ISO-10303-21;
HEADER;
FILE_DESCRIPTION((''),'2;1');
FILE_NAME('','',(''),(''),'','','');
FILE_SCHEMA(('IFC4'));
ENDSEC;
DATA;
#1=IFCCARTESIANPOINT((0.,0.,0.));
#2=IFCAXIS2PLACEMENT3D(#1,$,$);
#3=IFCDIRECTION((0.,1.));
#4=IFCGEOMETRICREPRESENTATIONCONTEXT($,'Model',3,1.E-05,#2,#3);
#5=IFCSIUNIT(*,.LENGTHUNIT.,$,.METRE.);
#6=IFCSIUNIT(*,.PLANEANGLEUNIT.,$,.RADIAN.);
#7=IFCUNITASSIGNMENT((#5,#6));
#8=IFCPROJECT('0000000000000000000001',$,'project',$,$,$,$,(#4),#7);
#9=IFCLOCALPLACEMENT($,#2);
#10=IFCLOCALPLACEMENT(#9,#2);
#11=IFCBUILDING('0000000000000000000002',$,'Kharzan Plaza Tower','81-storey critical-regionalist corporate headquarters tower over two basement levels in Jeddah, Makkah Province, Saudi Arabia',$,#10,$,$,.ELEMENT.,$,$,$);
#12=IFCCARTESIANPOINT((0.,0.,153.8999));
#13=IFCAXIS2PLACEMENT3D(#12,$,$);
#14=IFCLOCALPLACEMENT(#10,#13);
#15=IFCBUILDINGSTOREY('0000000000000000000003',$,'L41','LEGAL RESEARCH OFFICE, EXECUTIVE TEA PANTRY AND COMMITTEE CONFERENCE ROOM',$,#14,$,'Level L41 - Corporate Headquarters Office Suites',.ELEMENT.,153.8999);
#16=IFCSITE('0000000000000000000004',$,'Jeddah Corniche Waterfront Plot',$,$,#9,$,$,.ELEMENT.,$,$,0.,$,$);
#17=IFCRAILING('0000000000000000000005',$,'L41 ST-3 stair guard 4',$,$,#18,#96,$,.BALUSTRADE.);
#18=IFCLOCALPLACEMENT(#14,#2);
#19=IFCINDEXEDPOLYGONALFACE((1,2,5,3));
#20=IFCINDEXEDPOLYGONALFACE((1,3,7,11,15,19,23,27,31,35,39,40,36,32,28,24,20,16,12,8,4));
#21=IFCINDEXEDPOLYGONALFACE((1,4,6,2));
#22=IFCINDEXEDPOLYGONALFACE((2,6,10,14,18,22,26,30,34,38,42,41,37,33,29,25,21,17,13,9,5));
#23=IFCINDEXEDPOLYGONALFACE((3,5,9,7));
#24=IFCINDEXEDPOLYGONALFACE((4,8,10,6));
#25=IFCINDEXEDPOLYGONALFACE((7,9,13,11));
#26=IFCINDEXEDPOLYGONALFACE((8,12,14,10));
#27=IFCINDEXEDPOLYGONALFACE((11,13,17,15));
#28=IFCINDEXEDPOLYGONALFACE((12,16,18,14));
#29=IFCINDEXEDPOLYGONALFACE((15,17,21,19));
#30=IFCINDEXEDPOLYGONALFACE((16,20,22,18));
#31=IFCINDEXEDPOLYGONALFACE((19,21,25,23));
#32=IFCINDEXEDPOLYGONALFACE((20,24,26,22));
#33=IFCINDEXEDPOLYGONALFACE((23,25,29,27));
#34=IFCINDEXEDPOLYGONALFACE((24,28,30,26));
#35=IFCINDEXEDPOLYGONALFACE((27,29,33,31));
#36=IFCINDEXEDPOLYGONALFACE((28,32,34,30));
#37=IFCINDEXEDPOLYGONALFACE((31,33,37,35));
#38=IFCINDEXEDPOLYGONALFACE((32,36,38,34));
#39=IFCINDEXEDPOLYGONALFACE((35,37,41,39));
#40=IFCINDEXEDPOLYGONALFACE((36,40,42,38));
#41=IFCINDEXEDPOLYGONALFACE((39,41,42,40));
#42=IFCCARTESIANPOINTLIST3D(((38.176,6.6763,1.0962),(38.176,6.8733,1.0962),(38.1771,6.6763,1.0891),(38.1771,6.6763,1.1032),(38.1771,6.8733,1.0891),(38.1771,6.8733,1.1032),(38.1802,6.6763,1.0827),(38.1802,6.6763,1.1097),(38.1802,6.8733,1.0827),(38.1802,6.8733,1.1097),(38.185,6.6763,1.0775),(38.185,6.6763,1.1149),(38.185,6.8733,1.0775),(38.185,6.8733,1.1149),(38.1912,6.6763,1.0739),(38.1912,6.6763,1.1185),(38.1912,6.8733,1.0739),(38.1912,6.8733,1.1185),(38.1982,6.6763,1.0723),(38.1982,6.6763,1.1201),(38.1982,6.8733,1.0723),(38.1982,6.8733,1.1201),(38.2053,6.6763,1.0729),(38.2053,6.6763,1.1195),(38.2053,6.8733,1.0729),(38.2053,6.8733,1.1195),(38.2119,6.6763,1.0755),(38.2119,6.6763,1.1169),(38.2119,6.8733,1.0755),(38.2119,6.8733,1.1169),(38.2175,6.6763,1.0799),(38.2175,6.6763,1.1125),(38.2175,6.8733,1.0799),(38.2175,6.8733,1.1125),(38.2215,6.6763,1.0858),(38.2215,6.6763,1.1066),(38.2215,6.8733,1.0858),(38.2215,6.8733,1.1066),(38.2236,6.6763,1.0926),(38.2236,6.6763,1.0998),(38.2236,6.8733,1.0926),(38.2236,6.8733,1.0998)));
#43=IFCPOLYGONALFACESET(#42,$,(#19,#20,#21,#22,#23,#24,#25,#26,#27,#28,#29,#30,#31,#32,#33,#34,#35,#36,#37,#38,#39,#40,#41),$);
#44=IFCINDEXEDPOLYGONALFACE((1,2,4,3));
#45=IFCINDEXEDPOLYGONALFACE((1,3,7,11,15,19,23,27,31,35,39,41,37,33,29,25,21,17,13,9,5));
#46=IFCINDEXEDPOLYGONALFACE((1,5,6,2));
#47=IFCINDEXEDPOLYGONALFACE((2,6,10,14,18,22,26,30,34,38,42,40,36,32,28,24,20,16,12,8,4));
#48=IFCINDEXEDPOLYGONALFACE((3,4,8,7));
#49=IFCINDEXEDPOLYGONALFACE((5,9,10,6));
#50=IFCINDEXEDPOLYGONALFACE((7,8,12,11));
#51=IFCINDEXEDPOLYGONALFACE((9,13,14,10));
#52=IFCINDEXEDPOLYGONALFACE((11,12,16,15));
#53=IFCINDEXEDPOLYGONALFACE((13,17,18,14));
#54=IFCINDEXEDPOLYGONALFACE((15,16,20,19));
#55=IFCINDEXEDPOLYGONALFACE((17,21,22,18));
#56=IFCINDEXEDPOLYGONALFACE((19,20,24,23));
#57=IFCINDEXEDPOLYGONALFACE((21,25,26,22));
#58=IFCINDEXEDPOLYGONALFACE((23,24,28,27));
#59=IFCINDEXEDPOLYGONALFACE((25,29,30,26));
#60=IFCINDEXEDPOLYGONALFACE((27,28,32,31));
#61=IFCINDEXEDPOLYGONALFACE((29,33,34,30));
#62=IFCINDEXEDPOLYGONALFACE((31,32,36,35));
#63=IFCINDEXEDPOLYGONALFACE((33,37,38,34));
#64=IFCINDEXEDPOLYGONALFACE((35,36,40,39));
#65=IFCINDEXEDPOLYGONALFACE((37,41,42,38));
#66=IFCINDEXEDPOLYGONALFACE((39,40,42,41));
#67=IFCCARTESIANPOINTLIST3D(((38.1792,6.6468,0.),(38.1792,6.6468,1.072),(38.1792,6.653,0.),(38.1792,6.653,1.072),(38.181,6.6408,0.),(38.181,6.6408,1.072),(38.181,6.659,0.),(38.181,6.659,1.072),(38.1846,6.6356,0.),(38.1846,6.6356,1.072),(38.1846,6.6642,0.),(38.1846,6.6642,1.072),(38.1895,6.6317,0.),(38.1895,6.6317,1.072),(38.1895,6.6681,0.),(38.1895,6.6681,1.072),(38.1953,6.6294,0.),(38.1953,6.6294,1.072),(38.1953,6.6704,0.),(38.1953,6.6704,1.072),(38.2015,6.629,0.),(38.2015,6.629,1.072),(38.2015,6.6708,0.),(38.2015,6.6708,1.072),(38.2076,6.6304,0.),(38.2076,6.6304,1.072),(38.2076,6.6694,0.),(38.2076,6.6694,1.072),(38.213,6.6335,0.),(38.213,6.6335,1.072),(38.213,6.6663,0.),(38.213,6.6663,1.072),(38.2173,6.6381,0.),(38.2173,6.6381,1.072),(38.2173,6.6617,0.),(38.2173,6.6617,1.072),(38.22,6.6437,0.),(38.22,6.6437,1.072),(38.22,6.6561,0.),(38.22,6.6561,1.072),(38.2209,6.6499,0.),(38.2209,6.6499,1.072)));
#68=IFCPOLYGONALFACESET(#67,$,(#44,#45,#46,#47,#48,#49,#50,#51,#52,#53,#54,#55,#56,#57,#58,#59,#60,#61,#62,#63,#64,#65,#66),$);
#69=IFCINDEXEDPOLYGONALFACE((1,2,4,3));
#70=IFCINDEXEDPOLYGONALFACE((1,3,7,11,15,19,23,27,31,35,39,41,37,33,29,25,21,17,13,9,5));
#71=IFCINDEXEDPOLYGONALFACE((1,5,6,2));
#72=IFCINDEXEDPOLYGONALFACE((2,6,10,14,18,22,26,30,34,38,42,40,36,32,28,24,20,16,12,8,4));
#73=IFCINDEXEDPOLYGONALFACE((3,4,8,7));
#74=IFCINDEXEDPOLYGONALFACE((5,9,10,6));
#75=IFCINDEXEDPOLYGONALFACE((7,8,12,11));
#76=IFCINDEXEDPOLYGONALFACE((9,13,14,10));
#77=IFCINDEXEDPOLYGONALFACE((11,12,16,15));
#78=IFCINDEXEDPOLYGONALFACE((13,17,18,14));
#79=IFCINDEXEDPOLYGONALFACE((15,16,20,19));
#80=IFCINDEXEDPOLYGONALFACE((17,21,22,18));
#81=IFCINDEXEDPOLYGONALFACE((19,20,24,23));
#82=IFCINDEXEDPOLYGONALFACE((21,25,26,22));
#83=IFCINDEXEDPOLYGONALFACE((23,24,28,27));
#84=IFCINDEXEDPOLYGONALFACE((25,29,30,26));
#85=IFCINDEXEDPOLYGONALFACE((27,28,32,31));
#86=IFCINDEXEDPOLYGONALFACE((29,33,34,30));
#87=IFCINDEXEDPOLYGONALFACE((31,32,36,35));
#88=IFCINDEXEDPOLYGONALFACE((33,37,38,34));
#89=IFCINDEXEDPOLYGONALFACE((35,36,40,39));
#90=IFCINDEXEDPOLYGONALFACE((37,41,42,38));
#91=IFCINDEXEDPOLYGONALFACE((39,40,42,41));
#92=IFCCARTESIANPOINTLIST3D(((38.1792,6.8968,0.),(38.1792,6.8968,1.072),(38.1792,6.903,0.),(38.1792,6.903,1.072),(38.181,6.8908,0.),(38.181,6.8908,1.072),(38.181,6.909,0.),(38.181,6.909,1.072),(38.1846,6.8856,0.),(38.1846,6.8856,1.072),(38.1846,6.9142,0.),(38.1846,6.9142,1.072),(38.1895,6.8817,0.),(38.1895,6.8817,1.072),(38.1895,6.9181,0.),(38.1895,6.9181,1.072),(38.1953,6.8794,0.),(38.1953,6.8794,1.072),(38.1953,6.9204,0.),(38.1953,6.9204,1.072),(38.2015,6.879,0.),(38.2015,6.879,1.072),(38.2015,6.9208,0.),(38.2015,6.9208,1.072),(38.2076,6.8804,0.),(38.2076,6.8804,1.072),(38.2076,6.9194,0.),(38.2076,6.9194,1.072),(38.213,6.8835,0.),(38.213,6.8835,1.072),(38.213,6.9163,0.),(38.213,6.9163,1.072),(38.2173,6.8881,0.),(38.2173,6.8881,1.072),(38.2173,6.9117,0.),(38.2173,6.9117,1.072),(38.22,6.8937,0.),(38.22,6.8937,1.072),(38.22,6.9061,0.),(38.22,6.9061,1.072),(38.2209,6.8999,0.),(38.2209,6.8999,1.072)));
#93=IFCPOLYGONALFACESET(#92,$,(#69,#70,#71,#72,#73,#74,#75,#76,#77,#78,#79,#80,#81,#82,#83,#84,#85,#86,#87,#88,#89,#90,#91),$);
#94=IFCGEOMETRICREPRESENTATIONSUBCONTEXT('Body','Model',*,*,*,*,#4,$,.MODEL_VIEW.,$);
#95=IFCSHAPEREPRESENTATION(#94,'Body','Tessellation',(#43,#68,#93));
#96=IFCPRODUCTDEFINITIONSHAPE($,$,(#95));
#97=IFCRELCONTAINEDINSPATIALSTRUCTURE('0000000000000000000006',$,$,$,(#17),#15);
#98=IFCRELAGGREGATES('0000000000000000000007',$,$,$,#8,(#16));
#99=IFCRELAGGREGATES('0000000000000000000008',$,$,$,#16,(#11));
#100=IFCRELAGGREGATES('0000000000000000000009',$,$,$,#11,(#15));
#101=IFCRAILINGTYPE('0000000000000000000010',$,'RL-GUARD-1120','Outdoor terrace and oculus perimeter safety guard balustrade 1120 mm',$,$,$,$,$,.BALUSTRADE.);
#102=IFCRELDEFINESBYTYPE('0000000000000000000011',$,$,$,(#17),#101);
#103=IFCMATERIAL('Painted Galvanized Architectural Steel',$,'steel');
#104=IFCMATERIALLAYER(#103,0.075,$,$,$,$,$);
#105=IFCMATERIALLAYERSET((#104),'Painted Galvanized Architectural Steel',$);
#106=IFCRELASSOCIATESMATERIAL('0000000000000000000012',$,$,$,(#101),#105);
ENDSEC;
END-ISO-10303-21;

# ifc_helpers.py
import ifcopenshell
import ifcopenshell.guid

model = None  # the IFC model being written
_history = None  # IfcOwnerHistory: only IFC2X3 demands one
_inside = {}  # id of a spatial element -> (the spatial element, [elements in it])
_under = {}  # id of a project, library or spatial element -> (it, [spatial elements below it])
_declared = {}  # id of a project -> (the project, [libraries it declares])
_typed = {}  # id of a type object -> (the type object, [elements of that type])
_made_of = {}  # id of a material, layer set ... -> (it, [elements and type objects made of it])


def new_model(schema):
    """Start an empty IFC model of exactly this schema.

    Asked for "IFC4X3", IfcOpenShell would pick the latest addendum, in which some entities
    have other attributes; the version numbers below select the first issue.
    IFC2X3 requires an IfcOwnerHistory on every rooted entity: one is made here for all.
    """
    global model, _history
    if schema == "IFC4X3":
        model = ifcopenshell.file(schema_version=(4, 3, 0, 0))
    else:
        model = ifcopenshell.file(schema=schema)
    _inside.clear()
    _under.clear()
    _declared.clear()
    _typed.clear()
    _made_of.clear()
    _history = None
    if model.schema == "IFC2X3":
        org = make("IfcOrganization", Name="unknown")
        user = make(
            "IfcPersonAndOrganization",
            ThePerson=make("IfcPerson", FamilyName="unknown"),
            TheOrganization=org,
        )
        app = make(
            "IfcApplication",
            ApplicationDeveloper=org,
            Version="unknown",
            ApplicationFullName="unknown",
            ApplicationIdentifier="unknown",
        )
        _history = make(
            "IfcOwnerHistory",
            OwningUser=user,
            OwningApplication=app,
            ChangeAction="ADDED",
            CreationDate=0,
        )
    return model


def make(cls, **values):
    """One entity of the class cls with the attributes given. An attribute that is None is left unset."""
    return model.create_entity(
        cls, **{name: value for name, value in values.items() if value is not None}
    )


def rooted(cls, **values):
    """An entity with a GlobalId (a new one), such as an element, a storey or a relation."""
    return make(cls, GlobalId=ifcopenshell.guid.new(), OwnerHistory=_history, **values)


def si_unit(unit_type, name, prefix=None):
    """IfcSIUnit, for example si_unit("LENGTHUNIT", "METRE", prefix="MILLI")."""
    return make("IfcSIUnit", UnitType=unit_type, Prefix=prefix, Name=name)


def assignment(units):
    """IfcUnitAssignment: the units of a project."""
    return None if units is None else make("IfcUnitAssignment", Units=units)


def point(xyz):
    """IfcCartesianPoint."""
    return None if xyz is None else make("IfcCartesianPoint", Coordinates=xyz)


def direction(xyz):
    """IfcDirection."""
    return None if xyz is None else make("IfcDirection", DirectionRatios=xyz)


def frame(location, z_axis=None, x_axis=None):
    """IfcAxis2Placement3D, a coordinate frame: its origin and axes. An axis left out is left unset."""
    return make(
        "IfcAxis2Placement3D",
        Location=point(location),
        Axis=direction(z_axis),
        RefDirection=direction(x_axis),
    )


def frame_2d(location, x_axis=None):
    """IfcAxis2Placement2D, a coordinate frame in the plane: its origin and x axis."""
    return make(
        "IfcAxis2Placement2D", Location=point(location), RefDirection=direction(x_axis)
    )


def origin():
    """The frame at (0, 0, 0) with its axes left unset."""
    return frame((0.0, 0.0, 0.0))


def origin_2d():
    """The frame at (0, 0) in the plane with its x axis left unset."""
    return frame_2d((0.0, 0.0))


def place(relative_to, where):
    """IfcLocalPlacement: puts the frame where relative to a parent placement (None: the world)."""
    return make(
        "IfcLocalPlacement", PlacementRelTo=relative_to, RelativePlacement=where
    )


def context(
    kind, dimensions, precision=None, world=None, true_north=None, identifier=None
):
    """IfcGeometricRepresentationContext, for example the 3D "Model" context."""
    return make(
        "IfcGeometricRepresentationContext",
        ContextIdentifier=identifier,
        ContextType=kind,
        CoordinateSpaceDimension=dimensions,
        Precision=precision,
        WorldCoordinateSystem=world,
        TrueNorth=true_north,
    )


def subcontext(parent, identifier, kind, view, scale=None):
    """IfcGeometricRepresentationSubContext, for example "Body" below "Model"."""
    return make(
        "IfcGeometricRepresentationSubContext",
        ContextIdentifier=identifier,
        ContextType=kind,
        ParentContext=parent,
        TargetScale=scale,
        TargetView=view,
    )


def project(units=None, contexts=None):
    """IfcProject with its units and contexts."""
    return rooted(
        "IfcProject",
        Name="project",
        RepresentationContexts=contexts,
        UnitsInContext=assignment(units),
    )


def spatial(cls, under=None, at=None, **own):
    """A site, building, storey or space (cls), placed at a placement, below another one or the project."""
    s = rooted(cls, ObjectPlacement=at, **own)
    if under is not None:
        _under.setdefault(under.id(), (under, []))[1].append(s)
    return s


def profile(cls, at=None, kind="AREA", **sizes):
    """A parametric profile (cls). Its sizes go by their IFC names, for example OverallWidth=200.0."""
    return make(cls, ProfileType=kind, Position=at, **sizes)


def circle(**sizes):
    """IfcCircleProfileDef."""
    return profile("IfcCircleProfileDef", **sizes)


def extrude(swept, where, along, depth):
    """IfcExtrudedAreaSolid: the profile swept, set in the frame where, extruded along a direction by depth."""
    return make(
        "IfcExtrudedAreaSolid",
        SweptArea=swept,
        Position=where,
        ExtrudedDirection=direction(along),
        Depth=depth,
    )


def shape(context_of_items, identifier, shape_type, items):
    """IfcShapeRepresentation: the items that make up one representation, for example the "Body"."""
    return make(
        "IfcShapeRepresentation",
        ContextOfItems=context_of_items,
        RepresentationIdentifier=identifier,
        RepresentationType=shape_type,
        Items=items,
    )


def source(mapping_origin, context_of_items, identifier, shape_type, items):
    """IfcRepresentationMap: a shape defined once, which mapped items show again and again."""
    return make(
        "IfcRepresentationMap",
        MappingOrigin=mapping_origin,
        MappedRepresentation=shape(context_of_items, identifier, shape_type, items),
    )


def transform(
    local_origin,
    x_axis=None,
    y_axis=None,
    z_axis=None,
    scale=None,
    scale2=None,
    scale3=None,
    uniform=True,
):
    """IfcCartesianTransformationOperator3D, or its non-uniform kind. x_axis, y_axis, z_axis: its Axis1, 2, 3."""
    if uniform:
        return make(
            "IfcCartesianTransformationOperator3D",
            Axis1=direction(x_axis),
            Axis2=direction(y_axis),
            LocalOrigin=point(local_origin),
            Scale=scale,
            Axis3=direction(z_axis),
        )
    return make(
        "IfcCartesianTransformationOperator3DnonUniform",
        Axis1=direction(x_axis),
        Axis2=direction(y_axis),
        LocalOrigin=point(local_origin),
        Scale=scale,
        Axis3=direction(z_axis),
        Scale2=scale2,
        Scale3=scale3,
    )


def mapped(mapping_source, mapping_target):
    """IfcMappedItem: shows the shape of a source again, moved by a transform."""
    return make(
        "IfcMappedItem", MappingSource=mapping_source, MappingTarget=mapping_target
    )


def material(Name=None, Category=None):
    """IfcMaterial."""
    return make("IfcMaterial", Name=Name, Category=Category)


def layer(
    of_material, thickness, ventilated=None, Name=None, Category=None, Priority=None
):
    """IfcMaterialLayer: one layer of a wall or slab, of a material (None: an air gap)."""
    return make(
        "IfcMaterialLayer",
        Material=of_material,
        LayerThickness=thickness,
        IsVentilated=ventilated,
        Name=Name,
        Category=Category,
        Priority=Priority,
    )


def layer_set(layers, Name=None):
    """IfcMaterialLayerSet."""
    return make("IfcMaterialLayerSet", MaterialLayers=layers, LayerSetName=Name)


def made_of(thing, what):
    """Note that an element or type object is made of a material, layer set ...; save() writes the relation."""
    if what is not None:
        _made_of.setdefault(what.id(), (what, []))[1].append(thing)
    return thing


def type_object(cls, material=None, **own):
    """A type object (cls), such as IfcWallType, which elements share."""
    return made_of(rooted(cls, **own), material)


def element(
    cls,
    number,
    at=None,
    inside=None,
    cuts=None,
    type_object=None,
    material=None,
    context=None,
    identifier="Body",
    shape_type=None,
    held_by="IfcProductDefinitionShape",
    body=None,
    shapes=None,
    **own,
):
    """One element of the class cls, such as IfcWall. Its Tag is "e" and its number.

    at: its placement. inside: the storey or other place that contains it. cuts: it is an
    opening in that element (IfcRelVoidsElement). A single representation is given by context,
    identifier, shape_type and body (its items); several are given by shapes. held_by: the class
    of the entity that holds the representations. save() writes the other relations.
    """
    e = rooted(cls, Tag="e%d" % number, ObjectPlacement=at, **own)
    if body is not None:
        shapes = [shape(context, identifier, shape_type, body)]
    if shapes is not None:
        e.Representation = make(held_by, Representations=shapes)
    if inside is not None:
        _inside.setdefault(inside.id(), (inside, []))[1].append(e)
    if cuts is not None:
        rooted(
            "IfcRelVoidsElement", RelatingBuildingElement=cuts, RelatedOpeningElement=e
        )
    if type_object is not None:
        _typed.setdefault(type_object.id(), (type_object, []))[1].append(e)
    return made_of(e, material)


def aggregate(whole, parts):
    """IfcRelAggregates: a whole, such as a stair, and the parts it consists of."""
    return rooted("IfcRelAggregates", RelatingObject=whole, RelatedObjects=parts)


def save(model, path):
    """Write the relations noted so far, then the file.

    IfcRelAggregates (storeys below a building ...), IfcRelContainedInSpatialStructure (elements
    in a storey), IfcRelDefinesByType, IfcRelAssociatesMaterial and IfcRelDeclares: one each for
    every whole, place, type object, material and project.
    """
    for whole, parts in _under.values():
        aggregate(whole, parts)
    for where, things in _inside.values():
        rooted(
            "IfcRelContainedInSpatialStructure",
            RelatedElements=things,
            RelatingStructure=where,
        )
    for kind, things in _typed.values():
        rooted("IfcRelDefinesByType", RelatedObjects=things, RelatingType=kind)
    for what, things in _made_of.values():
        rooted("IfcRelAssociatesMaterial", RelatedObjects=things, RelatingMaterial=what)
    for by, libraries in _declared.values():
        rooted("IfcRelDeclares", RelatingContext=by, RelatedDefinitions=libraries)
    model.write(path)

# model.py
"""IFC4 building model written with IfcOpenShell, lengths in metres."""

from ifc_helpers import new_model, si_unit, direction, frame, origin, origin_2d, place, context, subcontext, project, spatial, circle, extrude, source, transform, mapped, material, layer, layer_set, type_object, element, save


model = new_model("IFC4")

# Units and contexts
model_context = context("Model", 3, precision=1e-05, world=origin(), true_north=direction((0.0, 1.0)))
body_context = subcontext(model_context, "Body", "Model", "MODEL_VIEW")
ifc_project = project(units=[si_unit("LENGTHUNIT", "METRE"), si_unit("PLANEANGLEUNIT", "RADIAN")], contexts=[model_context])

# Site, building, storey
site_placement = place(None, origin())
site = spatial("IfcSite", under=ifc_project, at=site_placement, Name="Jeddah Corniche Waterfront Plot", CompositionType="ELEMENT", RefElevation=0.0)
building_placement = place(site_placement, origin())
building = spatial("IfcBuilding", under=site, at=building_placement, Name="Kharzan Plaza Tower", Description="81-storey critical-regionalist corporate headquarters tower over two basement levels in Jeddah, Makkah Province, Saudi Arabia", CompositionType="ELEMENT")
storey_placement = place(building_placement, frame((0.0, 0.0, 153.8999)))
storey = spatial("IfcBuildingStorey", under=building, at=storey_placement, Name="L41", Description="LEGAL RESEARCH OFFICE, EXECUTIVE TEA PANTRY AND COMMITTEE CONFERENCE ROOM", LongName="Level L41 - Corporate Headquarters Office Suites", CompositionType="ELEMENT", Elevation=153.8999)

# Railing
ifc_material_1 = material(Name="Painted Galvanized Architectural Steel", Category="steel")
ifc_layer_1 = layer(ifc_material_1, 0.075)
ifc_layer_set_1 = layer_set([ifc_layer_1], Name="Painted Galvanized Architectural Steel")
railing_type_1 = type_object("IfcRailingType", Name="RL-GUARD-1120", Description="Outdoor terrace and oculus perimeter safety guard balustrade 1120 mm", PredefinedType="BALUSTRADE", material=ifc_layer_set_1)
shared_shape_1 = source(origin(), body_context, "Body", "SweptSolid", [
    extrude(circle(Radius=0.0239, at=origin_2d()), frame((0.0, 0.0264, 1.0962), z_axis=(0.0, 1.0, 0.0), x_axis=(-1.0, 0.0, 0.0)), (0.0, 0.0, 1.0), 0.197),
    extrude(circle(Radius=0.021, at=origin_2d()), origin(), (0.0, 0.0, 1.0), 1.072),
    extrude(circle(Radius=0.021, at=origin_2d()), frame((0.0, 0.25, 0.0)), (0.0, 0.0, 1.0), 1.072),
])
for number, where, name in (
    (1, (38.2, 6.6499, 0.0), "L41 ST-3 stair guard 4"),
):
    element("IfcRailing", number, at=place(storey_placement, frame(where)), inside=storey, type_object=railing_type_1, Name=name, PredefinedType="BALUSTRADE", context=body_context, shape_type="MappedRepresentation", body=[
        mapped(shared_shape_1, transform((0.0, 0.0, 0.0), x_axis=(1.0, 0.0, 0.0), y_axis=(0.0, 1.0, 0.0), z_axis=(0.0, 0.0, 1.0))),
    ])

save(model, "model.ifc")
